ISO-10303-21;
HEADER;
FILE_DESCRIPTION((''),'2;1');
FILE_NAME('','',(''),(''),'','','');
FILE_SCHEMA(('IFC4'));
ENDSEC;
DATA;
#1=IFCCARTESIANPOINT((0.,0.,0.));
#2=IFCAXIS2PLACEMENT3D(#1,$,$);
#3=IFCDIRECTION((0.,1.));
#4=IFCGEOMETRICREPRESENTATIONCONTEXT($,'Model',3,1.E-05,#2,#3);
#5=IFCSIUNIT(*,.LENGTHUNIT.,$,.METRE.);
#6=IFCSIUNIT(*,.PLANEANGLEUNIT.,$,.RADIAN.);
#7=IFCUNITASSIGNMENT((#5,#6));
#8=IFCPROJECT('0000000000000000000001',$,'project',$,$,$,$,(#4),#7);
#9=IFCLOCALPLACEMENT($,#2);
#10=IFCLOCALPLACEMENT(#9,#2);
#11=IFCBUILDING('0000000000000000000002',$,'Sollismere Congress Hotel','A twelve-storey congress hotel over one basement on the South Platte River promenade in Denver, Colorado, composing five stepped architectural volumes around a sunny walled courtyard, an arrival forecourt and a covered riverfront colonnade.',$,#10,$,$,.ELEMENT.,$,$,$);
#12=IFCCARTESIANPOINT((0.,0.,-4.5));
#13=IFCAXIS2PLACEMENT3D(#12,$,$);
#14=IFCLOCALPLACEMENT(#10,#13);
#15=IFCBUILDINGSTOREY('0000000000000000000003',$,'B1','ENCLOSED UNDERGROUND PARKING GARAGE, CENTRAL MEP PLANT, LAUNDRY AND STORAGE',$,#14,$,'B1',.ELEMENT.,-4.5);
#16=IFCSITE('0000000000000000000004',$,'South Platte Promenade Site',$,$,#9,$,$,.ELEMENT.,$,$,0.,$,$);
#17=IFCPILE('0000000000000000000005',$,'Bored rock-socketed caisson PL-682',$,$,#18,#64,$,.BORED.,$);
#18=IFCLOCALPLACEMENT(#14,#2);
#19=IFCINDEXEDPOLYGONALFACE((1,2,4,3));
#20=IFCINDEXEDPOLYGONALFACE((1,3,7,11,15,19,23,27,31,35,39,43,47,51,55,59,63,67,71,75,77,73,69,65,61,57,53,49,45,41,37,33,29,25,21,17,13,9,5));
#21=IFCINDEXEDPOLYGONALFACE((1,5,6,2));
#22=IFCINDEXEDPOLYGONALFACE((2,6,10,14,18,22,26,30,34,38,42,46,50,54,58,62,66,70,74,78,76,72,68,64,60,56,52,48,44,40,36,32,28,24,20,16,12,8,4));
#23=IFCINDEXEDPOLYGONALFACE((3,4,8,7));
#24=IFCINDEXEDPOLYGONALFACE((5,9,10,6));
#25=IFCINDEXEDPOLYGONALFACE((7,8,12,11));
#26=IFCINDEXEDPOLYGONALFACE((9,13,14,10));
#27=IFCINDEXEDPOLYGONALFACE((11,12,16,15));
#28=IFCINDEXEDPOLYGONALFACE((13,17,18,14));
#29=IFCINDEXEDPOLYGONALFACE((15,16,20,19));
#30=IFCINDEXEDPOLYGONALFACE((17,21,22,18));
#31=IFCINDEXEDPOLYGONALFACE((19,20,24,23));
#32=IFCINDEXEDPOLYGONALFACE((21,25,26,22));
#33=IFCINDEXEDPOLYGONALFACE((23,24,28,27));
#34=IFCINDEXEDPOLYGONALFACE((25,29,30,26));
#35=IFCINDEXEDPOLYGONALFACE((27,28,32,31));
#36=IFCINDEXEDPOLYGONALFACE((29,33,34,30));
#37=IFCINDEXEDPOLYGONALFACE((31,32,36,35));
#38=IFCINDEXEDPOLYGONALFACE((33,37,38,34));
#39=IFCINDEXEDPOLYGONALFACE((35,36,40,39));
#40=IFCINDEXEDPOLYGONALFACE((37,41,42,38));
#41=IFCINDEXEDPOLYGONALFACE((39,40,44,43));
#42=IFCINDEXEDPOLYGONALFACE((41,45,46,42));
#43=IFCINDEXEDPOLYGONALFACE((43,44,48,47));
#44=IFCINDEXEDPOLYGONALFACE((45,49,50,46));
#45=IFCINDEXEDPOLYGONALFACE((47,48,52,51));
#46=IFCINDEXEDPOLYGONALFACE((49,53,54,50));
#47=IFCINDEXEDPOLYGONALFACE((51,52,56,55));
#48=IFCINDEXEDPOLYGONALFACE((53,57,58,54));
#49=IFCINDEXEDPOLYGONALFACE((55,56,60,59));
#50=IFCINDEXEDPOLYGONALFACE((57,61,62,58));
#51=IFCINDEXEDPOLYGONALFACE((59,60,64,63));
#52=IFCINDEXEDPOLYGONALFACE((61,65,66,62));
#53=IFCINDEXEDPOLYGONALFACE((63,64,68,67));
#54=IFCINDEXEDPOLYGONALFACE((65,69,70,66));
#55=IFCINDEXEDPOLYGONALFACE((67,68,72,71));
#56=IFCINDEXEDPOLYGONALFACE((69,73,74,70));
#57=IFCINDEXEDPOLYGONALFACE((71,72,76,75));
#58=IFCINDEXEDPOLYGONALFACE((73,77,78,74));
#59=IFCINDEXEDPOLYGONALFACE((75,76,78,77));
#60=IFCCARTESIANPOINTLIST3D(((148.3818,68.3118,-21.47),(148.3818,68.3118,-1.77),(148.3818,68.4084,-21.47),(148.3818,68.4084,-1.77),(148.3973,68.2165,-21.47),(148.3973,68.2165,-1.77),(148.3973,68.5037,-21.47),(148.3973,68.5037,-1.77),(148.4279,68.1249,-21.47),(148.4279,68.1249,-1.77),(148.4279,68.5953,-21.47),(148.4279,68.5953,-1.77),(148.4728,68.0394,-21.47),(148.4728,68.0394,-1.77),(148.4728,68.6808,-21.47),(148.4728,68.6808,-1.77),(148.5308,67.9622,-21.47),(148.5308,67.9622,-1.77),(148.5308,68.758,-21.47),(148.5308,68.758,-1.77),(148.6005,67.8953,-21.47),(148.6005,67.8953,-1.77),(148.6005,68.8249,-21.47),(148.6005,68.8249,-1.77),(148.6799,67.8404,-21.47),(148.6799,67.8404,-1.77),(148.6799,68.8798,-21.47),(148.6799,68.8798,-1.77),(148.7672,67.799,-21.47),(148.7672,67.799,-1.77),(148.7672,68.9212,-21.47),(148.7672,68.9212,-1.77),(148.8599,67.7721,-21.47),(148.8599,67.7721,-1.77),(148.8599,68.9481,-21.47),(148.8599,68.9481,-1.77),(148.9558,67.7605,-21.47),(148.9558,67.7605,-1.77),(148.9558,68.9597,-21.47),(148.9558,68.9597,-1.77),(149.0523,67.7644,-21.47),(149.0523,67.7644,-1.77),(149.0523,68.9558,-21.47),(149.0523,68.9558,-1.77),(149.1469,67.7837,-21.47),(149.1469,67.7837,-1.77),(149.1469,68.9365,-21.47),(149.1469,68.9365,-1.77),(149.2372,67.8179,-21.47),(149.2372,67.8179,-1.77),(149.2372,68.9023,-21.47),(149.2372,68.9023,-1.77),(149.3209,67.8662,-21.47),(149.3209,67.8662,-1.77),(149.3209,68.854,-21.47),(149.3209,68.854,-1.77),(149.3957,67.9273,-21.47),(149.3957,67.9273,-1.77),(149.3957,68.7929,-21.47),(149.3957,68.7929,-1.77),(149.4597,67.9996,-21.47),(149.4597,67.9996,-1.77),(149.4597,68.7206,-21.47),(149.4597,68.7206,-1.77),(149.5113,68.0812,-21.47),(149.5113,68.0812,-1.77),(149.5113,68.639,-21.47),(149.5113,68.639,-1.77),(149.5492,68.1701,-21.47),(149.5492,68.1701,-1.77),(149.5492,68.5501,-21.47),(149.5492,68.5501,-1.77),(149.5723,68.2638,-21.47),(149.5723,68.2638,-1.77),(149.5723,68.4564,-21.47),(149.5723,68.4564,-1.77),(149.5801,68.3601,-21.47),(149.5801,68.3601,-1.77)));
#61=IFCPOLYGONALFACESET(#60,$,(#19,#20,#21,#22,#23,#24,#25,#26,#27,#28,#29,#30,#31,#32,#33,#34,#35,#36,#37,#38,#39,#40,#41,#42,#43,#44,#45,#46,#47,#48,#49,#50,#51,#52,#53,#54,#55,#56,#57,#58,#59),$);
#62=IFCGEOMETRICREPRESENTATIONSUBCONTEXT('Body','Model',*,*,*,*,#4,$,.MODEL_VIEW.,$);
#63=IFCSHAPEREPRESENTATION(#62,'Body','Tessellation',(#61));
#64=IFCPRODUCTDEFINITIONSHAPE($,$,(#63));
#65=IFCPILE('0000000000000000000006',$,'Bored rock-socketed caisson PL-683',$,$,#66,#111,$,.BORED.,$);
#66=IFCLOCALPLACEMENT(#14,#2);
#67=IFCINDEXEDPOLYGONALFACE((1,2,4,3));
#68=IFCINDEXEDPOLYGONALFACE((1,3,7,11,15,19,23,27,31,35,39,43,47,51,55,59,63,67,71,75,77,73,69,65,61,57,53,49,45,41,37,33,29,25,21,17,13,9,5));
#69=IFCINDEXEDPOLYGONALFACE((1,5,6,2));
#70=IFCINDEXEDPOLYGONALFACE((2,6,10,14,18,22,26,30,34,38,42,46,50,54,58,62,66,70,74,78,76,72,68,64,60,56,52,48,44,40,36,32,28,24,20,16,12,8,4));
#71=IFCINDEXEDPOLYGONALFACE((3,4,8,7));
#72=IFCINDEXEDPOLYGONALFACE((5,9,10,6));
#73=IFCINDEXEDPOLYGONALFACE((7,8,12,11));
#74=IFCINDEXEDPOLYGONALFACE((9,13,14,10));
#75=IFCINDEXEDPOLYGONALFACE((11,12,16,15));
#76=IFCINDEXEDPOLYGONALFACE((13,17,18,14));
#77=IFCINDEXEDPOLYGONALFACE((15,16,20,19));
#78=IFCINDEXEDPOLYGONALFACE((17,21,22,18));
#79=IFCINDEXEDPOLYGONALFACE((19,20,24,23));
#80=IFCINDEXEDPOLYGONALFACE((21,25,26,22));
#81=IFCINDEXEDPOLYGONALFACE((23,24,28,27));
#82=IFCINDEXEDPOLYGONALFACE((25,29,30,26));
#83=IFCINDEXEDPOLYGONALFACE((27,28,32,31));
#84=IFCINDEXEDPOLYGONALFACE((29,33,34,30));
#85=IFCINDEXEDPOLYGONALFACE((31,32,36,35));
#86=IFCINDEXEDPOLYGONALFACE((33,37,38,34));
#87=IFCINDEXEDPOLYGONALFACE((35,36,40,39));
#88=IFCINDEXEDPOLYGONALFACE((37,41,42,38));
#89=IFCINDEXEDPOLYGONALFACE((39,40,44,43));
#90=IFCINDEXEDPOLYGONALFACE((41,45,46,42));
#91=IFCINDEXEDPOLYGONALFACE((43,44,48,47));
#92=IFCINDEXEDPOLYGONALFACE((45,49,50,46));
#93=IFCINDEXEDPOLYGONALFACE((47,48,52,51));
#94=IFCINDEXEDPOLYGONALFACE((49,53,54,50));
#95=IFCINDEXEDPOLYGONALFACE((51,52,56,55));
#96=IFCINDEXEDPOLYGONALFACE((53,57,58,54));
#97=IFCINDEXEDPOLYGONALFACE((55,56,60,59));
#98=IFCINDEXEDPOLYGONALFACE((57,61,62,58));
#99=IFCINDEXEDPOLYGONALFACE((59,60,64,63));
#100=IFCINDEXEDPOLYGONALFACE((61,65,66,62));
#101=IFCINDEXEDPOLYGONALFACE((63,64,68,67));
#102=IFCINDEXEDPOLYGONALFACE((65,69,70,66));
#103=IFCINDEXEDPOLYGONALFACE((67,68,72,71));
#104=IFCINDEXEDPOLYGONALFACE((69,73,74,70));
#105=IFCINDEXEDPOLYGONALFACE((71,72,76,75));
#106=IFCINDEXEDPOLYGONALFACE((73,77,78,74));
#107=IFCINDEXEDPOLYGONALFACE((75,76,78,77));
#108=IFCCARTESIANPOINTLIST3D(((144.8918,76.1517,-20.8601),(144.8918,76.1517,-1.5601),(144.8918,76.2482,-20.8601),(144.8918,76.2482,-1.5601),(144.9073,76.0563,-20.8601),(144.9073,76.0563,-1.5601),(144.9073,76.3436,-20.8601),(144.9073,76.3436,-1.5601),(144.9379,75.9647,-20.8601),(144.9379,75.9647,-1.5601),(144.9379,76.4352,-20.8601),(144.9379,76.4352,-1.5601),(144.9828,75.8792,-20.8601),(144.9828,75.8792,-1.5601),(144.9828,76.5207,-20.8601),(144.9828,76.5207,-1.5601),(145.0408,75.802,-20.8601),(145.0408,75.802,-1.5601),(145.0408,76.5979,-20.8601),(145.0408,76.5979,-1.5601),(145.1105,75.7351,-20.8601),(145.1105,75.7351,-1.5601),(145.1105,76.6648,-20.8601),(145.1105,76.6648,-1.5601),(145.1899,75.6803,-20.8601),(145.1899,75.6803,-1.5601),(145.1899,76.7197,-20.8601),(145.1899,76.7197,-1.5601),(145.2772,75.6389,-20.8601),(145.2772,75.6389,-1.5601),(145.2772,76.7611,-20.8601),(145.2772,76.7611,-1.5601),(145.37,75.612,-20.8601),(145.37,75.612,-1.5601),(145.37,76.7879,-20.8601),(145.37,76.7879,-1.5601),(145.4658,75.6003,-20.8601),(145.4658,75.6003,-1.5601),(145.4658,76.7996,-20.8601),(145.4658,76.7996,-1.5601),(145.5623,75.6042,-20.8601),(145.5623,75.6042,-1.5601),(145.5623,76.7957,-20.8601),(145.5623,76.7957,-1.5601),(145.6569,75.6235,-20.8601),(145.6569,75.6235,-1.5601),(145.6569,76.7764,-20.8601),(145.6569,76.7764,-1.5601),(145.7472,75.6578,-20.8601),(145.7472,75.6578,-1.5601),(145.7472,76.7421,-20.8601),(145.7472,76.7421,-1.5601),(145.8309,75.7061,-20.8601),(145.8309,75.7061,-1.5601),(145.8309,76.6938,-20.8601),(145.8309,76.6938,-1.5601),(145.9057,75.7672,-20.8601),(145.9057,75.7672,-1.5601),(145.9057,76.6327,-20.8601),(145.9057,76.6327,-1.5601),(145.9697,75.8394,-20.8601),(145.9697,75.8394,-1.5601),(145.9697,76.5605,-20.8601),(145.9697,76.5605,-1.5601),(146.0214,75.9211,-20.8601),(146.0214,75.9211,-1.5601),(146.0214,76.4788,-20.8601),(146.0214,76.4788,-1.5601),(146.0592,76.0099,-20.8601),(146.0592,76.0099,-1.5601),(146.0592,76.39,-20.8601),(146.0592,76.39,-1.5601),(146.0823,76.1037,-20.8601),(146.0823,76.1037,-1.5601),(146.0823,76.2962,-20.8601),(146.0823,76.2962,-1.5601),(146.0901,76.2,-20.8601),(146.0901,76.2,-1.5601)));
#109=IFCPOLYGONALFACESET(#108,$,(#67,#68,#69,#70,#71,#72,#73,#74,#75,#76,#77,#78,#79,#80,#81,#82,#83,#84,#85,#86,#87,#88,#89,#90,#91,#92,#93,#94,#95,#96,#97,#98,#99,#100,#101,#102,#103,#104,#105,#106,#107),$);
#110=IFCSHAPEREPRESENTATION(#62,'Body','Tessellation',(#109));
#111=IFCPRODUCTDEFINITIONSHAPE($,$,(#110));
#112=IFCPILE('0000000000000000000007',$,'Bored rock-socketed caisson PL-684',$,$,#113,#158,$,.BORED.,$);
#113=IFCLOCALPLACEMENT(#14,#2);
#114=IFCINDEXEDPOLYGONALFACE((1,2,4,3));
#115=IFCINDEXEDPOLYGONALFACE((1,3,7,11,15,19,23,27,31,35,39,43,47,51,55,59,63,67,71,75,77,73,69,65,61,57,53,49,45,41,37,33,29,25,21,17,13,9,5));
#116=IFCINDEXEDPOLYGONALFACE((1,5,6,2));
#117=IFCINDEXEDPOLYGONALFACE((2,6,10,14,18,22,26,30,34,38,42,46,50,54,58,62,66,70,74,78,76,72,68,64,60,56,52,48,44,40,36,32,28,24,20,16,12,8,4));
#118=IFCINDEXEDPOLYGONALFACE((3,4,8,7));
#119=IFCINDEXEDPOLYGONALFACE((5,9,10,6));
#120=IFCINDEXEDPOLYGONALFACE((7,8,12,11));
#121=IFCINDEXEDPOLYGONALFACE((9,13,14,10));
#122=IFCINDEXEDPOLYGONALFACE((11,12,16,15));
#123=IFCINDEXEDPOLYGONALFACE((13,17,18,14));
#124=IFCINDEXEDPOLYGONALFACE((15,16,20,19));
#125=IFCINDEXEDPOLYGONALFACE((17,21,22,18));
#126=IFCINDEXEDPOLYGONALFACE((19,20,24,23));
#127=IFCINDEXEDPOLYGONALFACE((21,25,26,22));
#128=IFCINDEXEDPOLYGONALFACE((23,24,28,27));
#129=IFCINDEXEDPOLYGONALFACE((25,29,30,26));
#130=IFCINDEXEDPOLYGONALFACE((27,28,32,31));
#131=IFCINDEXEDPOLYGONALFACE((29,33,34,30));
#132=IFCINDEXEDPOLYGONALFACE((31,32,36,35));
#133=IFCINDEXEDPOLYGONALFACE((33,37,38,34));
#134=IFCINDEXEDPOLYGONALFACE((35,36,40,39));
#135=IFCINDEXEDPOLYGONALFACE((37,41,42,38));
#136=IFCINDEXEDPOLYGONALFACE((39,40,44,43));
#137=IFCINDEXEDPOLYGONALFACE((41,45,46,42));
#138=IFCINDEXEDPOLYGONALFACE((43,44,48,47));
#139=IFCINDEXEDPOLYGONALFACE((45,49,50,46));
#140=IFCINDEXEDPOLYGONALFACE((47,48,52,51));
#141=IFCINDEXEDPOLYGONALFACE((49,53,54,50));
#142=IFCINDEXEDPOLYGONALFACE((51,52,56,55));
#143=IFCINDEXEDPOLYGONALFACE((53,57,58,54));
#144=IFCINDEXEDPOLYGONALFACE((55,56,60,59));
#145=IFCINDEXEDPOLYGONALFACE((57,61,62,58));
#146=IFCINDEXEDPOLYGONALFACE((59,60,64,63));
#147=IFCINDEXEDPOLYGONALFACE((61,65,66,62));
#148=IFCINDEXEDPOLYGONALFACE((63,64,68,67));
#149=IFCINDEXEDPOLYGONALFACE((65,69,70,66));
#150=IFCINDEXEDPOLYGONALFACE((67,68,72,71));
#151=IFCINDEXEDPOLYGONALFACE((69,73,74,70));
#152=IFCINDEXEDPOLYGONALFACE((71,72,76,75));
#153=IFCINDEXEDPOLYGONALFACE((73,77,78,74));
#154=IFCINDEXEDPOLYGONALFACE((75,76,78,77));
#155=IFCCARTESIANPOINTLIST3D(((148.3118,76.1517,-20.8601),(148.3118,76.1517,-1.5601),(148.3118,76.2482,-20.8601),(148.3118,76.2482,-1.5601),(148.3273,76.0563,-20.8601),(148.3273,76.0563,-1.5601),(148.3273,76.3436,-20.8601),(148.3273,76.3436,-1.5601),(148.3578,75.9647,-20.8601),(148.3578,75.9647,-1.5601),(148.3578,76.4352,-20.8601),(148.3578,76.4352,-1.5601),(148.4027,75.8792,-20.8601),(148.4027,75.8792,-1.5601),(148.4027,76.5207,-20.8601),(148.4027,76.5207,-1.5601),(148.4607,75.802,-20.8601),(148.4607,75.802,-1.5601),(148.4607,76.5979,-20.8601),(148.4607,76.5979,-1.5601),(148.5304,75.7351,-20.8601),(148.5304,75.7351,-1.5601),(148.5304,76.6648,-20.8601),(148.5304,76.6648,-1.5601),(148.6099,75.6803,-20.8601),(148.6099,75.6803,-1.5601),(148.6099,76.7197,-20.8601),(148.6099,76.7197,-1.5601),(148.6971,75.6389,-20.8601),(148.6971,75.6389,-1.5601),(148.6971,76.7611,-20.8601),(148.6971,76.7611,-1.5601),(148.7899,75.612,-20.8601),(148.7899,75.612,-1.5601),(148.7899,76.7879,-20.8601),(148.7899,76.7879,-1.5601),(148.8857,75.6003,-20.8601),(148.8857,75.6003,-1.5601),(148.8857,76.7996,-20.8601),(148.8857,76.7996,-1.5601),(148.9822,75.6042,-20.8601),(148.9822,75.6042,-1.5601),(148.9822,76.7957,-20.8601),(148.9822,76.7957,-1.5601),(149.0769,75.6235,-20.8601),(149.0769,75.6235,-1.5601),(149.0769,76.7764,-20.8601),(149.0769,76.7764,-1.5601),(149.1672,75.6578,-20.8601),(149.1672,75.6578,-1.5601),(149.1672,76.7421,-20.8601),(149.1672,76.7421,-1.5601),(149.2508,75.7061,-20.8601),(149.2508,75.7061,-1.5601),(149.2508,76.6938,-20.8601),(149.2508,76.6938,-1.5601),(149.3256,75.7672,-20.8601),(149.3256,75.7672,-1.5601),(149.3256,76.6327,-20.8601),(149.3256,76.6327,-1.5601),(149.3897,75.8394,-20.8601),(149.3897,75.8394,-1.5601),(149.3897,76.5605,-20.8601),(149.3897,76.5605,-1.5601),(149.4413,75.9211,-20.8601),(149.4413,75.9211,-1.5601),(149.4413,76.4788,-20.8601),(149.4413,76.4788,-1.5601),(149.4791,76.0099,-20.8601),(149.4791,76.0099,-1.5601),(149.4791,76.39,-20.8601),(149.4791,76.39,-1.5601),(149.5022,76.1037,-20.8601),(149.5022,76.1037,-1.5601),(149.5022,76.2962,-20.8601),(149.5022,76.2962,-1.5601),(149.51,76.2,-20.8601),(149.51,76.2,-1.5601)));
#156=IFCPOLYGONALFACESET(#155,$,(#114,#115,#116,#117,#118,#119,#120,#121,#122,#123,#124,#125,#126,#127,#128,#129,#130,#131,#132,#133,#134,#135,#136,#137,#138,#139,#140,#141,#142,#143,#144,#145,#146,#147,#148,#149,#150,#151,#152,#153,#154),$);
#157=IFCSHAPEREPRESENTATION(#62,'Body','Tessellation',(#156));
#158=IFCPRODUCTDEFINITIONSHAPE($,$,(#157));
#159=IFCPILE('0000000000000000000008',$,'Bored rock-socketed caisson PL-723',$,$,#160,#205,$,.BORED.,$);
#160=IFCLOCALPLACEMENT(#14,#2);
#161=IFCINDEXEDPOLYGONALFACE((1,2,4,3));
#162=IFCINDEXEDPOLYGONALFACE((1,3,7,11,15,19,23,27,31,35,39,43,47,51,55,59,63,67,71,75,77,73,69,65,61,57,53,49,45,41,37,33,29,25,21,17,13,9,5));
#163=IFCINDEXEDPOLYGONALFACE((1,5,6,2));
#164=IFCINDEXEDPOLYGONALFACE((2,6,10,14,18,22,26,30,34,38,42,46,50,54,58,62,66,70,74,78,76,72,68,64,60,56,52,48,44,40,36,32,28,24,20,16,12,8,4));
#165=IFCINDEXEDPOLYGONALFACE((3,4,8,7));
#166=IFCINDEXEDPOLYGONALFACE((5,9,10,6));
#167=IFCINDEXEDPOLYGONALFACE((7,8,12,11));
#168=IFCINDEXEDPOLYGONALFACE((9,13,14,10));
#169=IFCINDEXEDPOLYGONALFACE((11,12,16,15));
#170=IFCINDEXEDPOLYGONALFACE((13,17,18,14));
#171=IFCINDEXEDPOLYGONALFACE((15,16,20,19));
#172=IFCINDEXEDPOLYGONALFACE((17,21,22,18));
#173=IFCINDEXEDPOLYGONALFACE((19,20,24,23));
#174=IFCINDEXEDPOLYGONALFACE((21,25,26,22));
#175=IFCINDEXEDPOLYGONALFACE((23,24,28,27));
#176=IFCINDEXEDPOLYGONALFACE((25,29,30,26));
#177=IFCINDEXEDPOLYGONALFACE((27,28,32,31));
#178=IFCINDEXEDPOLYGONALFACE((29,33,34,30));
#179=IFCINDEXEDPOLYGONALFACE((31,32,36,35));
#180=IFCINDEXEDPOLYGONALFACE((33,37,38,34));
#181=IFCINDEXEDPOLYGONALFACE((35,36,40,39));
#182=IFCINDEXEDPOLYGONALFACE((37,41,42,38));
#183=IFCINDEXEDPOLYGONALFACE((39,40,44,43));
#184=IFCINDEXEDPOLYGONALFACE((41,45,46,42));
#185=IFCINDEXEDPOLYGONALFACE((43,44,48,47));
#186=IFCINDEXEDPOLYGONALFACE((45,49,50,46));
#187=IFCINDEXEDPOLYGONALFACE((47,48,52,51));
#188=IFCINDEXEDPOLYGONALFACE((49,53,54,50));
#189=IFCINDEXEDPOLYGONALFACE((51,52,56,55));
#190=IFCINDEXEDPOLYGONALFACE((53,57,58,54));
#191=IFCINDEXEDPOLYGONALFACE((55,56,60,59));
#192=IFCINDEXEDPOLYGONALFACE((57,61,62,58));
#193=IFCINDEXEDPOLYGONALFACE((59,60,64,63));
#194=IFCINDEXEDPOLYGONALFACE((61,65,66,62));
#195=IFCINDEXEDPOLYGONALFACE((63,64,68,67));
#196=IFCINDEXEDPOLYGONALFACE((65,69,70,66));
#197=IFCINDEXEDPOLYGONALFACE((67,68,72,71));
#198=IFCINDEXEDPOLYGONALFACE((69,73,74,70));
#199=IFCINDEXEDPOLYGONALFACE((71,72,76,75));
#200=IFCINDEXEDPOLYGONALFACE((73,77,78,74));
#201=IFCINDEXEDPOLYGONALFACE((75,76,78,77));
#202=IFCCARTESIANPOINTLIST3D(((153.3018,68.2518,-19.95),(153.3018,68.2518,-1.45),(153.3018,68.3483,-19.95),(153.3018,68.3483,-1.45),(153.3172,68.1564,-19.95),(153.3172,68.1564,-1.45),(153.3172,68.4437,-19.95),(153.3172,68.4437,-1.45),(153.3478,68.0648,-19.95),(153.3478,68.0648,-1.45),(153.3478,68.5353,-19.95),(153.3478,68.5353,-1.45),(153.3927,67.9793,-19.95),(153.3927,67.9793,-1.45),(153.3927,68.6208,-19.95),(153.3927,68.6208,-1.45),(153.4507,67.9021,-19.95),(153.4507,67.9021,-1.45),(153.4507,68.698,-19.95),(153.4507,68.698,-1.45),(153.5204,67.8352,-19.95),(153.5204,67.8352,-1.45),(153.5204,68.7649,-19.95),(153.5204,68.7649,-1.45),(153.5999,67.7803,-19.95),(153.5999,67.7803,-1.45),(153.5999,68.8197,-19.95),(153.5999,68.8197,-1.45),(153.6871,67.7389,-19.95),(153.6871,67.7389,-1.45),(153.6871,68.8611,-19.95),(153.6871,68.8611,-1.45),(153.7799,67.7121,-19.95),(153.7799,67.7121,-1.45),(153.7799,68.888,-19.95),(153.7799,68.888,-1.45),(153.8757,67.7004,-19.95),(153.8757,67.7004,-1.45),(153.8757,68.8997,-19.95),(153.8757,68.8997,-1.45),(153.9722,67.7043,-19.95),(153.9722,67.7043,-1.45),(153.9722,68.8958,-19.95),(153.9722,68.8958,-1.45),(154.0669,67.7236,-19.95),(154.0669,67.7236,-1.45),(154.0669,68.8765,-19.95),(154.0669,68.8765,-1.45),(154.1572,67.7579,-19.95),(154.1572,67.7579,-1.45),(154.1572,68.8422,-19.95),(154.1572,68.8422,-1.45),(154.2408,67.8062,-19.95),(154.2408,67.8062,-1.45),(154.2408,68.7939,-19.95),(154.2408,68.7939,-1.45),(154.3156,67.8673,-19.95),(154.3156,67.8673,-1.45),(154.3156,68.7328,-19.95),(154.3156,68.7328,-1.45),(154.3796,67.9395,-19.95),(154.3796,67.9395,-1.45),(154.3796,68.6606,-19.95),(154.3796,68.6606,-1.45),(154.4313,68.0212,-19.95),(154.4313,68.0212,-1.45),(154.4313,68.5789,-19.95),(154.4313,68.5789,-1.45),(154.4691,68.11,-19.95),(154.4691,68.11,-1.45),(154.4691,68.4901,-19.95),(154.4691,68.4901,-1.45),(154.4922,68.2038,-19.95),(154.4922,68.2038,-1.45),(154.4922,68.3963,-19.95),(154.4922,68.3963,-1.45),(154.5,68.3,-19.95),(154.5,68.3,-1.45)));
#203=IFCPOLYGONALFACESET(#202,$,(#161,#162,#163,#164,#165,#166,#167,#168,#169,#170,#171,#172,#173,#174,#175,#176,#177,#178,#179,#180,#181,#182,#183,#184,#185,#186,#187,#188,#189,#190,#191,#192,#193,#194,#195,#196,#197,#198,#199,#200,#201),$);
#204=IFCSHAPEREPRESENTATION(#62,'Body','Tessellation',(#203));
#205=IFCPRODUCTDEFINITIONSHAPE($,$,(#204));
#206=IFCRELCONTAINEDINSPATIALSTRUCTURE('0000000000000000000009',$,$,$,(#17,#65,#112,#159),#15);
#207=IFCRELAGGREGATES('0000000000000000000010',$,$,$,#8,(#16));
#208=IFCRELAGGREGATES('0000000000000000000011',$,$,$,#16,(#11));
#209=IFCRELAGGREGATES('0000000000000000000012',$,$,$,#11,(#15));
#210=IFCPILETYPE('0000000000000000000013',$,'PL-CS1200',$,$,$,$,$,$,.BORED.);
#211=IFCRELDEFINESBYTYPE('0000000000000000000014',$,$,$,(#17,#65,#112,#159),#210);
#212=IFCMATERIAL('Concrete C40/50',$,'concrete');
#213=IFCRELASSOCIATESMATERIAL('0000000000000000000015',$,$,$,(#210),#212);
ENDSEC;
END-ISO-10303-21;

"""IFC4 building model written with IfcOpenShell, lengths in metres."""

from ifc_helpers import new_model, si_unit, direction, frame, origin, origin_2d, place, context, subcontext, project, spatial, circle, extrude, material, material_profile, profile_set, type_object, element, save


model = new_model("IFC4")

# Units and contexts
model_context = context("Model", 3, precision=1e-05, world=origin(), true_north=direction((0.0, 1.0)))
body_context = subcontext(model_context, "Body", "Model", "MODEL_VIEW")
ifc_project = project(units=[si_unit("LENGTHUNIT", "METRE"), si_unit("PLANEANGLEUNIT", "RADIAN")], contexts=[model_context])

# Site, building, storey
site_placement = place(None, origin())
site = spatial("IfcSite", under=ifc_project, at=site_placement, Name="South Platte Promenade Site", CompositionType="ELEMENT", RefElevation=0.0)
building_placement = place(site_placement, origin())
building = spatial("IfcBuilding", under=site, at=building_placement, Name="Sollismere Congress Hotel", Description="A twelve-storey congress hotel over one basement on the South Platte River promenade in Denver, Colorado, composing five stepped architectural volumes around a sunny walled courtyard, an arrival forecourt and a covered riverfront colonnade.", CompositionType="ELEMENT")
storey_placement = place(building_placement, frame((0.0, 0.0, -4.5)))
storey = spatial("IfcBuildingStorey", under=building, at=storey_placement, Name="B1", Description="ENCLOSED UNDERGROUND PARKING GARAGE, CENTRAL MEP PLANT, LAUNDRY AND STORAGE", LongName="B1", CompositionType="ELEMENT", Elevation=-4.5)

# Shared definitions
ifc_material_1 = material(Name="Concrete C40/50", Category="concrete")

# Piles
ifc_material_profile_1 = material_profile(ifc_material_1, circle(Radius=0.6001, at=origin_2d()), Name="CAISSON1200")
ifc_profile_set_1 = profile_set([ifc_material_profile_1], Name="Concrete C40/50")
pile_type = type_object("IfcPileType", Name="PL-CS1200", PredefinedType="BORED", material=ifc_profile_set_1)
for number, where, z_axis, x_axis, name in (
    (1, (148.98, 68.3601, -1.77), (0.0, 0.0, -1.0), (1.0, 0.0, 0.0), "Bored rock-socketed caisson PL-682"),
):
    element("IfcPile", number, at=place(storey_placement, frame(where, z_axis=z_axis, x_axis=x_axis)), inside=storey, type_object=pile_type, Name=name, PredefinedType="BORED", context=body_context, shape_type="SweptSolid", body=[
        extrude(circle(Radius=0.6001, at=origin_2d()), origin(), (0.0, 0.0, 1.0), 19.7),
    ])
for number, where, z_axis, x_axis, name in (
    (2, (145.49, 76.2, -1.5601), (0.0, 0.0, -1.0), (1.0, 0.0, 0.0), "Bored rock-socketed caisson PL-683"),
    (3, (148.9099, 76.2, -1.5601), (0.0, 0.0, -1.0), (1.0, 0.0, 0.0), "Bored rock-socketed caisson PL-684"),
):
    element("IfcPile", number, at=place(storey_placement, frame(where, z_axis=z_axis, x_axis=x_axis)), inside=storey, type_object=pile_type, Name=name, PredefinedType="BORED", context=body_context, shape_type="SweptSolid", body=[
        extrude(circle(Radius=0.6001, at=origin_2d()), origin(), (0.0, 0.0, 1.0), 19.3),
    ])
pile_1_placement = place(storey_placement, frame((153.8999, 68.3, -1.45), z_axis=(0.0, 0.0, -1.0), x_axis=(1.0, 0.0, 0.0)))
element("IfcPile", 4, at=pile_1_placement, inside=storey, type_object=pile_type, Name="Bored rock-socketed caisson PL-723", PredefinedType="BORED", context=body_context, shape_type="SweptSolid", body=[
    extrude(circle(Radius=0.6001, at=origin_2d()), origin(), (0.0, 0.0, 1.0), 18.5),
])

save(model, "model.ifc")
